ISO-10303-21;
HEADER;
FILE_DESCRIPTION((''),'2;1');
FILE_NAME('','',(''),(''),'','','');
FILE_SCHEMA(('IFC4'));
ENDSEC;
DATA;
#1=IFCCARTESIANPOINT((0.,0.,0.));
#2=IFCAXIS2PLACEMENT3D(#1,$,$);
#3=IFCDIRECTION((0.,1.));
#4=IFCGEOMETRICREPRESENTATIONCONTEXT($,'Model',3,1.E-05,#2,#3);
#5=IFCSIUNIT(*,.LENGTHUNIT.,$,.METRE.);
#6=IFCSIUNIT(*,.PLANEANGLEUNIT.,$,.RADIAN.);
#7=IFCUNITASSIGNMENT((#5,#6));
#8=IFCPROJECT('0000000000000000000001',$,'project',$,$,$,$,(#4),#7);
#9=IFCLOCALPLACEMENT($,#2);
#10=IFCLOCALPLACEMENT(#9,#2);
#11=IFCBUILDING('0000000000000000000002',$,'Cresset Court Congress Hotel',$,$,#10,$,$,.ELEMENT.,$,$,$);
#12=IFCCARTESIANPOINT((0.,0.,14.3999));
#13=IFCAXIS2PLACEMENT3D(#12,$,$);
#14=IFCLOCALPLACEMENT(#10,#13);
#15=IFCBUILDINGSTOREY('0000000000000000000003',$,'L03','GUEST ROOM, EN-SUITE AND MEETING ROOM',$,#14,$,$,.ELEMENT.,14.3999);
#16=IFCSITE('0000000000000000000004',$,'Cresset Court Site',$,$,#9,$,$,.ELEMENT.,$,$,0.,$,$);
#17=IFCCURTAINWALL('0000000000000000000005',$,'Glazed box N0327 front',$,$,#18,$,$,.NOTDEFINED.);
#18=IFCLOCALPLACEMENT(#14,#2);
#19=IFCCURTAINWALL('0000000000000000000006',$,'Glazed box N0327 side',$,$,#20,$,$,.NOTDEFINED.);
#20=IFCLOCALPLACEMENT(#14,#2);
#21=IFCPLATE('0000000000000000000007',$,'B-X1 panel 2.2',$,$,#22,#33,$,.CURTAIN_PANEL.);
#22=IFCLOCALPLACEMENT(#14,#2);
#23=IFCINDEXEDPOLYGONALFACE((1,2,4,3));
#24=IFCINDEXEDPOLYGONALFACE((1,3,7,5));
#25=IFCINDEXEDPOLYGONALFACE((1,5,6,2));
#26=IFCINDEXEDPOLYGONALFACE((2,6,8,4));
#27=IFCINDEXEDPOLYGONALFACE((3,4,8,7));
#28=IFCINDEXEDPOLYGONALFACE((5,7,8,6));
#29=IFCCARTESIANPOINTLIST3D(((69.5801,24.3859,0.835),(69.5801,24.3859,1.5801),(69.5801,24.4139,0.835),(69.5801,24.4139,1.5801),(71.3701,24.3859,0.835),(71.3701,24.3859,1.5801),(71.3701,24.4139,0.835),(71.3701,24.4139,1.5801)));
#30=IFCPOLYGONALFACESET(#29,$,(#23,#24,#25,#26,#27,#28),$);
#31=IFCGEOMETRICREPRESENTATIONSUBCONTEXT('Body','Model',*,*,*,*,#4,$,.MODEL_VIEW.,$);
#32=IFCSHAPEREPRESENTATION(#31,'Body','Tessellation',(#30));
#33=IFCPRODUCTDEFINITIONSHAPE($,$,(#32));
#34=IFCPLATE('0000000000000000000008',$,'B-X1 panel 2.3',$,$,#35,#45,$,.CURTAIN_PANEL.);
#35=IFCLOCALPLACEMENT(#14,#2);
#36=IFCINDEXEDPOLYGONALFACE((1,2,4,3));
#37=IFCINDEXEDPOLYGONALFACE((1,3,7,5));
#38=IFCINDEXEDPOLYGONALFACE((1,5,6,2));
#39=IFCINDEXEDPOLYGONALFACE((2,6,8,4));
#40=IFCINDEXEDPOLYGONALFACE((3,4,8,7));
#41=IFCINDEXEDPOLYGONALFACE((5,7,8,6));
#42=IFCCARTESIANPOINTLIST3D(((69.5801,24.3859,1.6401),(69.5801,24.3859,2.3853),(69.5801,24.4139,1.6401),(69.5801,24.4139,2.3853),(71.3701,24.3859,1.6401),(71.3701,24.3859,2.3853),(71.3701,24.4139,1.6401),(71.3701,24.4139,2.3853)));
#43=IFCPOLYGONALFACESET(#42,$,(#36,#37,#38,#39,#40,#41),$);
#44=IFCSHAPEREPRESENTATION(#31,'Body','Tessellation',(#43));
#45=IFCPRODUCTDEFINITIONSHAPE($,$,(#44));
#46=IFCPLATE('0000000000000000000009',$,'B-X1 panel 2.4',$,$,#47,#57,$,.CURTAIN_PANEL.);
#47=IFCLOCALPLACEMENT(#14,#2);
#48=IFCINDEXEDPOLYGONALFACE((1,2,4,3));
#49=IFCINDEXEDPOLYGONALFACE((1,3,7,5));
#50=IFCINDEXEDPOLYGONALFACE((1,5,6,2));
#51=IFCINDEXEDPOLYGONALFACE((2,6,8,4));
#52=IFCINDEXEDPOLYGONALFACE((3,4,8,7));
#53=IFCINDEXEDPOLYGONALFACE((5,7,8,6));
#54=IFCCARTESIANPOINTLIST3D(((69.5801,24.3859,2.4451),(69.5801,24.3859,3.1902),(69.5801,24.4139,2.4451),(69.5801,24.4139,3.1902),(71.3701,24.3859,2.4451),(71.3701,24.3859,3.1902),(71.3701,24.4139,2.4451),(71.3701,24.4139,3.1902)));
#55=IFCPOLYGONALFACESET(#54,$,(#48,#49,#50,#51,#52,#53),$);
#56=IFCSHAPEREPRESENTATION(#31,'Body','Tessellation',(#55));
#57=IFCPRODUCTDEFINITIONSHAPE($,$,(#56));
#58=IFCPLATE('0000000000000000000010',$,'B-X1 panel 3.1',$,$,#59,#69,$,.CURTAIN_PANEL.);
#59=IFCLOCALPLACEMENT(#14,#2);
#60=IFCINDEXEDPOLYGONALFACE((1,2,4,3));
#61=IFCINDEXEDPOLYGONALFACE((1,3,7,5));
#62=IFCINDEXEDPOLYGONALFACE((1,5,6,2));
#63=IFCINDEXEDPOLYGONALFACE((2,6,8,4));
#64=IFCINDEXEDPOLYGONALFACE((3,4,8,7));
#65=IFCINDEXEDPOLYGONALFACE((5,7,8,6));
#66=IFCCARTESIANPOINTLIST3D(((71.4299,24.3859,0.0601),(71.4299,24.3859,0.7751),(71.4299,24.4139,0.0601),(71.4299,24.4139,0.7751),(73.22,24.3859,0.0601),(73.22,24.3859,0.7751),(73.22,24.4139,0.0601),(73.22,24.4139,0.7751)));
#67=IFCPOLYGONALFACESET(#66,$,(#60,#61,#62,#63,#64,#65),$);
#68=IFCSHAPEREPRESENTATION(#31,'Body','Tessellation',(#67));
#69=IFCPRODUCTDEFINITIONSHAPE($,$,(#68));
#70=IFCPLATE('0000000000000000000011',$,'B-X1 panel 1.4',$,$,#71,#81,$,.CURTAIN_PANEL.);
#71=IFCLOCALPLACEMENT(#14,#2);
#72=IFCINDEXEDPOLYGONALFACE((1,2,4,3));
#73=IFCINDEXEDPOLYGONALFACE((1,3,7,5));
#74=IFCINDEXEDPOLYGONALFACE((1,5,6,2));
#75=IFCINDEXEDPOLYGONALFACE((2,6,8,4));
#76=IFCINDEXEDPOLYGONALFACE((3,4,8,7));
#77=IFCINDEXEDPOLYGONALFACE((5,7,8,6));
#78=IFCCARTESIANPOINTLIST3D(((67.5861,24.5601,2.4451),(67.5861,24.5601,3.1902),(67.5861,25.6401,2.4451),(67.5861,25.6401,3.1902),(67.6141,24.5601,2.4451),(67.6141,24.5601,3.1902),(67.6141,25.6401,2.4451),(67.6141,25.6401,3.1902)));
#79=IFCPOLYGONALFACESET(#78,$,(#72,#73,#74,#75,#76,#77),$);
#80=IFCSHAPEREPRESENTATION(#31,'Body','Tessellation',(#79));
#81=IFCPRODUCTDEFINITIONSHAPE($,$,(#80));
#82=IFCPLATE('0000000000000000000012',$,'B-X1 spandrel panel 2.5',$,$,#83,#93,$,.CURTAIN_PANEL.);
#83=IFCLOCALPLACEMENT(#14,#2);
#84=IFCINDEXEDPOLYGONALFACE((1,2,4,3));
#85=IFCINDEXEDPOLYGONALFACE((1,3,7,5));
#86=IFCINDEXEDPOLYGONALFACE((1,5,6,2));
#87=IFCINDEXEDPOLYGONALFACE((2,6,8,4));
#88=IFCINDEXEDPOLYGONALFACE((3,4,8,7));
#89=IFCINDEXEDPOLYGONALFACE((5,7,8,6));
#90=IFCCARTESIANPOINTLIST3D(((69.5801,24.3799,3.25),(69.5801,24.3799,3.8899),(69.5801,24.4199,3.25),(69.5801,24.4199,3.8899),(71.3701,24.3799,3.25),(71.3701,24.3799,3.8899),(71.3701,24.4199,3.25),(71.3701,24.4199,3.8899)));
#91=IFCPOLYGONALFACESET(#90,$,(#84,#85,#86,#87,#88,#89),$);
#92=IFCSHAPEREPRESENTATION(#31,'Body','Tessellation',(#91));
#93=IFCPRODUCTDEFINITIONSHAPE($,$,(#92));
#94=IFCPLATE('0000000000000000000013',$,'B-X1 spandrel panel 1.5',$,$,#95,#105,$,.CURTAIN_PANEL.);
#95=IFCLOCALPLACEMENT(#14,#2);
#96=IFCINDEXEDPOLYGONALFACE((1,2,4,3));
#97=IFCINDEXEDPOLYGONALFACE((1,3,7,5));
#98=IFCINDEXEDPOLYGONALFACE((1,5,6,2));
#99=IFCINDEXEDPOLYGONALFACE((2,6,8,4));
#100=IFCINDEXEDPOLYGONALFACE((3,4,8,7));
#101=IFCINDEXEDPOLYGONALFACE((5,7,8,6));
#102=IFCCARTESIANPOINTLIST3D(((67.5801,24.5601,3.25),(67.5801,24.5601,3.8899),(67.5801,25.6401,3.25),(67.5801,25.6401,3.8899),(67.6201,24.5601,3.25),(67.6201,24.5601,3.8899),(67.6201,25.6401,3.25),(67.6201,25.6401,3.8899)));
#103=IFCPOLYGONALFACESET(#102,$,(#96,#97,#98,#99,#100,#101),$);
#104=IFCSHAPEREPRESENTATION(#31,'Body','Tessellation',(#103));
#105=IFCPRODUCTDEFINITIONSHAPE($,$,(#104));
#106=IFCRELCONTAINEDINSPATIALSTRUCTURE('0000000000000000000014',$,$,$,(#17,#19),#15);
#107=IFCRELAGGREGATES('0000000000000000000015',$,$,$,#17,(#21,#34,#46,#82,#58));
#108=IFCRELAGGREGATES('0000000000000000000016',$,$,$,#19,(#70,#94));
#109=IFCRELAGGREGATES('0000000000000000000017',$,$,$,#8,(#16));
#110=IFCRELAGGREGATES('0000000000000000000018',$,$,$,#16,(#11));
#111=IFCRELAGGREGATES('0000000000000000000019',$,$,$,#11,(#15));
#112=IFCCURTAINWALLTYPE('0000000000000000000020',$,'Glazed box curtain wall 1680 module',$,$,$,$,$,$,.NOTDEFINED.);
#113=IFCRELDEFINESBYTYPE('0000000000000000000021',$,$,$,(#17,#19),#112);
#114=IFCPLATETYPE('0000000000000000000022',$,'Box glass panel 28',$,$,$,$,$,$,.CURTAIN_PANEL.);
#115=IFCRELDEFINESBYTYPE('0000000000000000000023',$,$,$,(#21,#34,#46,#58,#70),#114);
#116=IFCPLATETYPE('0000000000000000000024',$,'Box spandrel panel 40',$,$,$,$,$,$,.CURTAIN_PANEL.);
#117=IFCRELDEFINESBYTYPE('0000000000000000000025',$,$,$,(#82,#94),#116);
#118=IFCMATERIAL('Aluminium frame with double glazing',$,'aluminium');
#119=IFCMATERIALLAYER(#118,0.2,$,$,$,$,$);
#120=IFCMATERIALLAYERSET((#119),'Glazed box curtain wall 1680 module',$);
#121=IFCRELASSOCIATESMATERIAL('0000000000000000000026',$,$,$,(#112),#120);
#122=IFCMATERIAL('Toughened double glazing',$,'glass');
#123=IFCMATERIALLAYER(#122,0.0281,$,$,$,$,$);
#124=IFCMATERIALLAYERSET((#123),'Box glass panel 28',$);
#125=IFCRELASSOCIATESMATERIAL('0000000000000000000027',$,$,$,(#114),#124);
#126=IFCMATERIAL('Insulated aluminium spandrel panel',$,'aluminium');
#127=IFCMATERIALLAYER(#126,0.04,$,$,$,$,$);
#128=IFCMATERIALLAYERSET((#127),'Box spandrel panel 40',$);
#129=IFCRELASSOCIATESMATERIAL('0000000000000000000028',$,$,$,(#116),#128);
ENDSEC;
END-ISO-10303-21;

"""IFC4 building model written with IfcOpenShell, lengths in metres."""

from ifc_helpers import new_model, si_unit, direction, frame, origin, origin_2d, place, context, subcontext, project, spatial, rectangle, extrude, material, layer, layer_set, type_object, element, aggregate, save


model = new_model("IFC4")

# Units and contexts
model_context = context("Model", 3, precision=1e-05, world=origin(), true_north=direction((0.0, 1.0)))
body_context = subcontext(model_context, "Body", "Model", "MODEL_VIEW")
ifc_project = project(units=[si_unit("LENGTHUNIT", "METRE"), si_unit("PLANEANGLEUNIT", "RADIAN")], contexts=[model_context])

# Site, building, storey
site_placement = place(None, origin())
site = spatial("IfcSite", under=ifc_project, at=site_placement, Name="Cresset Court Site", CompositionType="ELEMENT", RefElevation=0.0)
building_placement = place(site_placement, origin())
building = spatial("IfcBuilding", under=site, at=building_placement, Name="Cresset Court Congress Hotel", CompositionType="ELEMENT")
storey_placement = place(building_placement, frame((0.0, 0.0, 14.3999)))
storey = spatial("IfcBuildingStorey", under=building, at=storey_placement, Name="L03", Description="GUEST ROOM, EN-SUITE AND MEETING ROOM", CompositionType="ELEMENT", Elevation=14.3999)

# Curtain walls
ifc_material_1 = material(Name="Aluminium frame with double glazing", Category="aluminium")
ifc_layer_1 = layer(ifc_material_1, 0.2)
ifc_layer_set_1 = layer_set([ifc_layer_1], Name="Glazed box curtain wall 1680 module")
curtain_wall_type = type_object("IfcCurtainWallType", Name="Glazed box curtain wall 1680 module", PredefinedType="NOTDEFINED", material=ifc_layer_set_1)
curtain_wall_1_placement = place(storey_placement, origin())
curtain_wall_1 = element("IfcCurtainWall", 1, at=curtain_wall_1_placement, inside=storey, type_object=curtain_wall_type, Name="Glazed box N0327 front", PredefinedType="NOTDEFINED")
curtain_wall_2_placement = place(storey_placement, origin())
curtain_wall_2 = element("IfcCurtainWall", 2, at=curtain_wall_2_placement, inside=storey, type_object=curtain_wall_type, Name="Glazed box N0327 side", PredefinedType="NOTDEFINED")

# Plates
ifc_material_2 = material(Name="Toughened double glazing", Category="glass")
ifc_layer_2 = layer(ifc_material_2, 0.0281)
ifc_layer_set_2 = layer_set([ifc_layer_2], Name="Box glass panel 28")
plate_type_1 = type_object("IfcPlateType", Name="Box glass panel 28", PredefinedType="CURTAIN_PANEL", material=ifc_layer_set_2)
plate_1_placement = place(storey_placement, frame((70.4751, 24.3999, 0.835), z_axis=(0.0, 0.0, 1.0), x_axis=(1.0, 0.0, 0.0)))
plate_1 = element("IfcPlate", 3, at=plate_1_placement, type_object=plate_type_1, Name="B-X1 panel 2.2", PredefinedType="CURTAIN_PANEL", context=body_context, shape_type="SweptSolid", body=[
    extrude(rectangle(XDim=1.79, YDim=0.0281, at=origin_2d()), origin(), (0.0, 0.0, 1.0), 0.7451),
])
plate_2_placement = place(storey_placement, frame((70.4751, 24.3999, 1.6401), z_axis=(0.0, 0.0, 1.0), x_axis=(1.0, 0.0, 0.0)))
plate_2 = element("IfcPlate", 4, at=plate_2_placement, type_object=plate_type_1, Name="B-X1 panel 2.3", PredefinedType="CURTAIN_PANEL", context=body_context, shape_type="SweptSolid", body=[
    extrude(rectangle(XDim=1.79, YDim=0.0281, at=origin_2d()), origin(), (0.0, 0.0, 1.0), 0.7451),
])
plate_3_placement = place(storey_placement, frame((70.4751, 24.3999, 2.4451), z_axis=(0.0, 0.0, 1.0), x_axis=(1.0, 0.0, 0.0)))
plate_3 = element("IfcPlate", 5, at=plate_3_placement, type_object=plate_type_1, Name="B-X1 panel 2.4", PredefinedType="CURTAIN_PANEL", context=body_context, shape_type="SweptSolid", body=[
    extrude(rectangle(XDim=1.79, YDim=0.0281, at=origin_2d()), origin(), (0.0, 0.0, 1.0), 0.7451),
])
plate_4_placement = place(storey_placement, frame((72.325, 24.3999, 0.0601), z_axis=(0.0, 0.0, 1.0), x_axis=(1.0, 0.0, 0.0)))
plate_4 = element("IfcPlate", 6, at=plate_4_placement, type_object=plate_type_1, Name="B-X1 panel 3.1", PredefinedType="CURTAIN_PANEL", context=body_context, shape_type="SweptSolid", body=[
    extrude(rectangle(XDim=1.79, YDim=0.0281, at=origin_2d()), origin(), (0.0, 0.0, 1.0), 0.7151),
])
plate_5_placement = place(storey_placement, frame((67.6001, 25.1001, 2.4451), z_axis=(0.0, 0.0, 1.0), x_axis=(0.0, -1.0, 0.0)))
plate_5 = element("IfcPlate", 7, at=plate_5_placement, type_object=plate_type_1, Name="B-X1 panel 1.4", PredefinedType="CURTAIN_PANEL", context=body_context, shape_type="SweptSolid", body=[
    extrude(rectangle(XDim=1.0801, YDim=0.0281, at=origin_2d()), origin(), (0.0, 0.0, 1.0), 0.7451),
])
ifc_material_3 = material(Name="Insulated aluminium spandrel panel", Category="aluminium")
ifc_layer_3 = layer(ifc_material_3, 0.04)
ifc_layer_set_3 = layer_set([ifc_layer_3], Name="Box spandrel panel 40")
plate_type_2 = type_object("IfcPlateType", Name="Box spandrel panel 40", PredefinedType="CURTAIN_PANEL", material=ifc_layer_set_3)
plate_6_placement = place(storey_placement, frame((70.4751, 24.3999, 3.25), z_axis=(0.0, 0.0, 1.0), x_axis=(1.0, 0.0, 0.0)))
plate_6 = element("IfcPlate", 8, at=plate_6_placement, type_object=plate_type_2, Name="B-X1 spandrel panel 2.5", PredefinedType="CURTAIN_PANEL", context=body_context, shape_type="SweptSolid", body=[
    extrude(rectangle(XDim=1.79, YDim=0.04, at=origin_2d()), origin(), (0.0, 0.0, 1.0), 0.6399),
])
aggregate(curtain_wall_1, [plate_1, plate_2, plate_3, plate_6, plate_4])
plate_7_placement = place(storey_placement, frame((67.6001, 25.1001, 3.25), z_axis=(0.0, 0.0, 1.0), x_axis=(0.0, -1.0, 0.0)))
plate_7 = element("IfcPlate", 9, at=plate_7_placement, type_object=plate_type_2, Name="B-X1 spandrel panel 1.5", PredefinedType="CURTAIN_PANEL", context=body_context, shape_type="SweptSolid", body=[
    extrude(rectangle(XDim=1.0801, YDim=0.04, at=origin_2d()), origin(), (0.0, 0.0, 1.0), 0.6399),
])
aggregate(curtain_wall_2, [plate_5, plate_7])

save(model, "model.ifc")
